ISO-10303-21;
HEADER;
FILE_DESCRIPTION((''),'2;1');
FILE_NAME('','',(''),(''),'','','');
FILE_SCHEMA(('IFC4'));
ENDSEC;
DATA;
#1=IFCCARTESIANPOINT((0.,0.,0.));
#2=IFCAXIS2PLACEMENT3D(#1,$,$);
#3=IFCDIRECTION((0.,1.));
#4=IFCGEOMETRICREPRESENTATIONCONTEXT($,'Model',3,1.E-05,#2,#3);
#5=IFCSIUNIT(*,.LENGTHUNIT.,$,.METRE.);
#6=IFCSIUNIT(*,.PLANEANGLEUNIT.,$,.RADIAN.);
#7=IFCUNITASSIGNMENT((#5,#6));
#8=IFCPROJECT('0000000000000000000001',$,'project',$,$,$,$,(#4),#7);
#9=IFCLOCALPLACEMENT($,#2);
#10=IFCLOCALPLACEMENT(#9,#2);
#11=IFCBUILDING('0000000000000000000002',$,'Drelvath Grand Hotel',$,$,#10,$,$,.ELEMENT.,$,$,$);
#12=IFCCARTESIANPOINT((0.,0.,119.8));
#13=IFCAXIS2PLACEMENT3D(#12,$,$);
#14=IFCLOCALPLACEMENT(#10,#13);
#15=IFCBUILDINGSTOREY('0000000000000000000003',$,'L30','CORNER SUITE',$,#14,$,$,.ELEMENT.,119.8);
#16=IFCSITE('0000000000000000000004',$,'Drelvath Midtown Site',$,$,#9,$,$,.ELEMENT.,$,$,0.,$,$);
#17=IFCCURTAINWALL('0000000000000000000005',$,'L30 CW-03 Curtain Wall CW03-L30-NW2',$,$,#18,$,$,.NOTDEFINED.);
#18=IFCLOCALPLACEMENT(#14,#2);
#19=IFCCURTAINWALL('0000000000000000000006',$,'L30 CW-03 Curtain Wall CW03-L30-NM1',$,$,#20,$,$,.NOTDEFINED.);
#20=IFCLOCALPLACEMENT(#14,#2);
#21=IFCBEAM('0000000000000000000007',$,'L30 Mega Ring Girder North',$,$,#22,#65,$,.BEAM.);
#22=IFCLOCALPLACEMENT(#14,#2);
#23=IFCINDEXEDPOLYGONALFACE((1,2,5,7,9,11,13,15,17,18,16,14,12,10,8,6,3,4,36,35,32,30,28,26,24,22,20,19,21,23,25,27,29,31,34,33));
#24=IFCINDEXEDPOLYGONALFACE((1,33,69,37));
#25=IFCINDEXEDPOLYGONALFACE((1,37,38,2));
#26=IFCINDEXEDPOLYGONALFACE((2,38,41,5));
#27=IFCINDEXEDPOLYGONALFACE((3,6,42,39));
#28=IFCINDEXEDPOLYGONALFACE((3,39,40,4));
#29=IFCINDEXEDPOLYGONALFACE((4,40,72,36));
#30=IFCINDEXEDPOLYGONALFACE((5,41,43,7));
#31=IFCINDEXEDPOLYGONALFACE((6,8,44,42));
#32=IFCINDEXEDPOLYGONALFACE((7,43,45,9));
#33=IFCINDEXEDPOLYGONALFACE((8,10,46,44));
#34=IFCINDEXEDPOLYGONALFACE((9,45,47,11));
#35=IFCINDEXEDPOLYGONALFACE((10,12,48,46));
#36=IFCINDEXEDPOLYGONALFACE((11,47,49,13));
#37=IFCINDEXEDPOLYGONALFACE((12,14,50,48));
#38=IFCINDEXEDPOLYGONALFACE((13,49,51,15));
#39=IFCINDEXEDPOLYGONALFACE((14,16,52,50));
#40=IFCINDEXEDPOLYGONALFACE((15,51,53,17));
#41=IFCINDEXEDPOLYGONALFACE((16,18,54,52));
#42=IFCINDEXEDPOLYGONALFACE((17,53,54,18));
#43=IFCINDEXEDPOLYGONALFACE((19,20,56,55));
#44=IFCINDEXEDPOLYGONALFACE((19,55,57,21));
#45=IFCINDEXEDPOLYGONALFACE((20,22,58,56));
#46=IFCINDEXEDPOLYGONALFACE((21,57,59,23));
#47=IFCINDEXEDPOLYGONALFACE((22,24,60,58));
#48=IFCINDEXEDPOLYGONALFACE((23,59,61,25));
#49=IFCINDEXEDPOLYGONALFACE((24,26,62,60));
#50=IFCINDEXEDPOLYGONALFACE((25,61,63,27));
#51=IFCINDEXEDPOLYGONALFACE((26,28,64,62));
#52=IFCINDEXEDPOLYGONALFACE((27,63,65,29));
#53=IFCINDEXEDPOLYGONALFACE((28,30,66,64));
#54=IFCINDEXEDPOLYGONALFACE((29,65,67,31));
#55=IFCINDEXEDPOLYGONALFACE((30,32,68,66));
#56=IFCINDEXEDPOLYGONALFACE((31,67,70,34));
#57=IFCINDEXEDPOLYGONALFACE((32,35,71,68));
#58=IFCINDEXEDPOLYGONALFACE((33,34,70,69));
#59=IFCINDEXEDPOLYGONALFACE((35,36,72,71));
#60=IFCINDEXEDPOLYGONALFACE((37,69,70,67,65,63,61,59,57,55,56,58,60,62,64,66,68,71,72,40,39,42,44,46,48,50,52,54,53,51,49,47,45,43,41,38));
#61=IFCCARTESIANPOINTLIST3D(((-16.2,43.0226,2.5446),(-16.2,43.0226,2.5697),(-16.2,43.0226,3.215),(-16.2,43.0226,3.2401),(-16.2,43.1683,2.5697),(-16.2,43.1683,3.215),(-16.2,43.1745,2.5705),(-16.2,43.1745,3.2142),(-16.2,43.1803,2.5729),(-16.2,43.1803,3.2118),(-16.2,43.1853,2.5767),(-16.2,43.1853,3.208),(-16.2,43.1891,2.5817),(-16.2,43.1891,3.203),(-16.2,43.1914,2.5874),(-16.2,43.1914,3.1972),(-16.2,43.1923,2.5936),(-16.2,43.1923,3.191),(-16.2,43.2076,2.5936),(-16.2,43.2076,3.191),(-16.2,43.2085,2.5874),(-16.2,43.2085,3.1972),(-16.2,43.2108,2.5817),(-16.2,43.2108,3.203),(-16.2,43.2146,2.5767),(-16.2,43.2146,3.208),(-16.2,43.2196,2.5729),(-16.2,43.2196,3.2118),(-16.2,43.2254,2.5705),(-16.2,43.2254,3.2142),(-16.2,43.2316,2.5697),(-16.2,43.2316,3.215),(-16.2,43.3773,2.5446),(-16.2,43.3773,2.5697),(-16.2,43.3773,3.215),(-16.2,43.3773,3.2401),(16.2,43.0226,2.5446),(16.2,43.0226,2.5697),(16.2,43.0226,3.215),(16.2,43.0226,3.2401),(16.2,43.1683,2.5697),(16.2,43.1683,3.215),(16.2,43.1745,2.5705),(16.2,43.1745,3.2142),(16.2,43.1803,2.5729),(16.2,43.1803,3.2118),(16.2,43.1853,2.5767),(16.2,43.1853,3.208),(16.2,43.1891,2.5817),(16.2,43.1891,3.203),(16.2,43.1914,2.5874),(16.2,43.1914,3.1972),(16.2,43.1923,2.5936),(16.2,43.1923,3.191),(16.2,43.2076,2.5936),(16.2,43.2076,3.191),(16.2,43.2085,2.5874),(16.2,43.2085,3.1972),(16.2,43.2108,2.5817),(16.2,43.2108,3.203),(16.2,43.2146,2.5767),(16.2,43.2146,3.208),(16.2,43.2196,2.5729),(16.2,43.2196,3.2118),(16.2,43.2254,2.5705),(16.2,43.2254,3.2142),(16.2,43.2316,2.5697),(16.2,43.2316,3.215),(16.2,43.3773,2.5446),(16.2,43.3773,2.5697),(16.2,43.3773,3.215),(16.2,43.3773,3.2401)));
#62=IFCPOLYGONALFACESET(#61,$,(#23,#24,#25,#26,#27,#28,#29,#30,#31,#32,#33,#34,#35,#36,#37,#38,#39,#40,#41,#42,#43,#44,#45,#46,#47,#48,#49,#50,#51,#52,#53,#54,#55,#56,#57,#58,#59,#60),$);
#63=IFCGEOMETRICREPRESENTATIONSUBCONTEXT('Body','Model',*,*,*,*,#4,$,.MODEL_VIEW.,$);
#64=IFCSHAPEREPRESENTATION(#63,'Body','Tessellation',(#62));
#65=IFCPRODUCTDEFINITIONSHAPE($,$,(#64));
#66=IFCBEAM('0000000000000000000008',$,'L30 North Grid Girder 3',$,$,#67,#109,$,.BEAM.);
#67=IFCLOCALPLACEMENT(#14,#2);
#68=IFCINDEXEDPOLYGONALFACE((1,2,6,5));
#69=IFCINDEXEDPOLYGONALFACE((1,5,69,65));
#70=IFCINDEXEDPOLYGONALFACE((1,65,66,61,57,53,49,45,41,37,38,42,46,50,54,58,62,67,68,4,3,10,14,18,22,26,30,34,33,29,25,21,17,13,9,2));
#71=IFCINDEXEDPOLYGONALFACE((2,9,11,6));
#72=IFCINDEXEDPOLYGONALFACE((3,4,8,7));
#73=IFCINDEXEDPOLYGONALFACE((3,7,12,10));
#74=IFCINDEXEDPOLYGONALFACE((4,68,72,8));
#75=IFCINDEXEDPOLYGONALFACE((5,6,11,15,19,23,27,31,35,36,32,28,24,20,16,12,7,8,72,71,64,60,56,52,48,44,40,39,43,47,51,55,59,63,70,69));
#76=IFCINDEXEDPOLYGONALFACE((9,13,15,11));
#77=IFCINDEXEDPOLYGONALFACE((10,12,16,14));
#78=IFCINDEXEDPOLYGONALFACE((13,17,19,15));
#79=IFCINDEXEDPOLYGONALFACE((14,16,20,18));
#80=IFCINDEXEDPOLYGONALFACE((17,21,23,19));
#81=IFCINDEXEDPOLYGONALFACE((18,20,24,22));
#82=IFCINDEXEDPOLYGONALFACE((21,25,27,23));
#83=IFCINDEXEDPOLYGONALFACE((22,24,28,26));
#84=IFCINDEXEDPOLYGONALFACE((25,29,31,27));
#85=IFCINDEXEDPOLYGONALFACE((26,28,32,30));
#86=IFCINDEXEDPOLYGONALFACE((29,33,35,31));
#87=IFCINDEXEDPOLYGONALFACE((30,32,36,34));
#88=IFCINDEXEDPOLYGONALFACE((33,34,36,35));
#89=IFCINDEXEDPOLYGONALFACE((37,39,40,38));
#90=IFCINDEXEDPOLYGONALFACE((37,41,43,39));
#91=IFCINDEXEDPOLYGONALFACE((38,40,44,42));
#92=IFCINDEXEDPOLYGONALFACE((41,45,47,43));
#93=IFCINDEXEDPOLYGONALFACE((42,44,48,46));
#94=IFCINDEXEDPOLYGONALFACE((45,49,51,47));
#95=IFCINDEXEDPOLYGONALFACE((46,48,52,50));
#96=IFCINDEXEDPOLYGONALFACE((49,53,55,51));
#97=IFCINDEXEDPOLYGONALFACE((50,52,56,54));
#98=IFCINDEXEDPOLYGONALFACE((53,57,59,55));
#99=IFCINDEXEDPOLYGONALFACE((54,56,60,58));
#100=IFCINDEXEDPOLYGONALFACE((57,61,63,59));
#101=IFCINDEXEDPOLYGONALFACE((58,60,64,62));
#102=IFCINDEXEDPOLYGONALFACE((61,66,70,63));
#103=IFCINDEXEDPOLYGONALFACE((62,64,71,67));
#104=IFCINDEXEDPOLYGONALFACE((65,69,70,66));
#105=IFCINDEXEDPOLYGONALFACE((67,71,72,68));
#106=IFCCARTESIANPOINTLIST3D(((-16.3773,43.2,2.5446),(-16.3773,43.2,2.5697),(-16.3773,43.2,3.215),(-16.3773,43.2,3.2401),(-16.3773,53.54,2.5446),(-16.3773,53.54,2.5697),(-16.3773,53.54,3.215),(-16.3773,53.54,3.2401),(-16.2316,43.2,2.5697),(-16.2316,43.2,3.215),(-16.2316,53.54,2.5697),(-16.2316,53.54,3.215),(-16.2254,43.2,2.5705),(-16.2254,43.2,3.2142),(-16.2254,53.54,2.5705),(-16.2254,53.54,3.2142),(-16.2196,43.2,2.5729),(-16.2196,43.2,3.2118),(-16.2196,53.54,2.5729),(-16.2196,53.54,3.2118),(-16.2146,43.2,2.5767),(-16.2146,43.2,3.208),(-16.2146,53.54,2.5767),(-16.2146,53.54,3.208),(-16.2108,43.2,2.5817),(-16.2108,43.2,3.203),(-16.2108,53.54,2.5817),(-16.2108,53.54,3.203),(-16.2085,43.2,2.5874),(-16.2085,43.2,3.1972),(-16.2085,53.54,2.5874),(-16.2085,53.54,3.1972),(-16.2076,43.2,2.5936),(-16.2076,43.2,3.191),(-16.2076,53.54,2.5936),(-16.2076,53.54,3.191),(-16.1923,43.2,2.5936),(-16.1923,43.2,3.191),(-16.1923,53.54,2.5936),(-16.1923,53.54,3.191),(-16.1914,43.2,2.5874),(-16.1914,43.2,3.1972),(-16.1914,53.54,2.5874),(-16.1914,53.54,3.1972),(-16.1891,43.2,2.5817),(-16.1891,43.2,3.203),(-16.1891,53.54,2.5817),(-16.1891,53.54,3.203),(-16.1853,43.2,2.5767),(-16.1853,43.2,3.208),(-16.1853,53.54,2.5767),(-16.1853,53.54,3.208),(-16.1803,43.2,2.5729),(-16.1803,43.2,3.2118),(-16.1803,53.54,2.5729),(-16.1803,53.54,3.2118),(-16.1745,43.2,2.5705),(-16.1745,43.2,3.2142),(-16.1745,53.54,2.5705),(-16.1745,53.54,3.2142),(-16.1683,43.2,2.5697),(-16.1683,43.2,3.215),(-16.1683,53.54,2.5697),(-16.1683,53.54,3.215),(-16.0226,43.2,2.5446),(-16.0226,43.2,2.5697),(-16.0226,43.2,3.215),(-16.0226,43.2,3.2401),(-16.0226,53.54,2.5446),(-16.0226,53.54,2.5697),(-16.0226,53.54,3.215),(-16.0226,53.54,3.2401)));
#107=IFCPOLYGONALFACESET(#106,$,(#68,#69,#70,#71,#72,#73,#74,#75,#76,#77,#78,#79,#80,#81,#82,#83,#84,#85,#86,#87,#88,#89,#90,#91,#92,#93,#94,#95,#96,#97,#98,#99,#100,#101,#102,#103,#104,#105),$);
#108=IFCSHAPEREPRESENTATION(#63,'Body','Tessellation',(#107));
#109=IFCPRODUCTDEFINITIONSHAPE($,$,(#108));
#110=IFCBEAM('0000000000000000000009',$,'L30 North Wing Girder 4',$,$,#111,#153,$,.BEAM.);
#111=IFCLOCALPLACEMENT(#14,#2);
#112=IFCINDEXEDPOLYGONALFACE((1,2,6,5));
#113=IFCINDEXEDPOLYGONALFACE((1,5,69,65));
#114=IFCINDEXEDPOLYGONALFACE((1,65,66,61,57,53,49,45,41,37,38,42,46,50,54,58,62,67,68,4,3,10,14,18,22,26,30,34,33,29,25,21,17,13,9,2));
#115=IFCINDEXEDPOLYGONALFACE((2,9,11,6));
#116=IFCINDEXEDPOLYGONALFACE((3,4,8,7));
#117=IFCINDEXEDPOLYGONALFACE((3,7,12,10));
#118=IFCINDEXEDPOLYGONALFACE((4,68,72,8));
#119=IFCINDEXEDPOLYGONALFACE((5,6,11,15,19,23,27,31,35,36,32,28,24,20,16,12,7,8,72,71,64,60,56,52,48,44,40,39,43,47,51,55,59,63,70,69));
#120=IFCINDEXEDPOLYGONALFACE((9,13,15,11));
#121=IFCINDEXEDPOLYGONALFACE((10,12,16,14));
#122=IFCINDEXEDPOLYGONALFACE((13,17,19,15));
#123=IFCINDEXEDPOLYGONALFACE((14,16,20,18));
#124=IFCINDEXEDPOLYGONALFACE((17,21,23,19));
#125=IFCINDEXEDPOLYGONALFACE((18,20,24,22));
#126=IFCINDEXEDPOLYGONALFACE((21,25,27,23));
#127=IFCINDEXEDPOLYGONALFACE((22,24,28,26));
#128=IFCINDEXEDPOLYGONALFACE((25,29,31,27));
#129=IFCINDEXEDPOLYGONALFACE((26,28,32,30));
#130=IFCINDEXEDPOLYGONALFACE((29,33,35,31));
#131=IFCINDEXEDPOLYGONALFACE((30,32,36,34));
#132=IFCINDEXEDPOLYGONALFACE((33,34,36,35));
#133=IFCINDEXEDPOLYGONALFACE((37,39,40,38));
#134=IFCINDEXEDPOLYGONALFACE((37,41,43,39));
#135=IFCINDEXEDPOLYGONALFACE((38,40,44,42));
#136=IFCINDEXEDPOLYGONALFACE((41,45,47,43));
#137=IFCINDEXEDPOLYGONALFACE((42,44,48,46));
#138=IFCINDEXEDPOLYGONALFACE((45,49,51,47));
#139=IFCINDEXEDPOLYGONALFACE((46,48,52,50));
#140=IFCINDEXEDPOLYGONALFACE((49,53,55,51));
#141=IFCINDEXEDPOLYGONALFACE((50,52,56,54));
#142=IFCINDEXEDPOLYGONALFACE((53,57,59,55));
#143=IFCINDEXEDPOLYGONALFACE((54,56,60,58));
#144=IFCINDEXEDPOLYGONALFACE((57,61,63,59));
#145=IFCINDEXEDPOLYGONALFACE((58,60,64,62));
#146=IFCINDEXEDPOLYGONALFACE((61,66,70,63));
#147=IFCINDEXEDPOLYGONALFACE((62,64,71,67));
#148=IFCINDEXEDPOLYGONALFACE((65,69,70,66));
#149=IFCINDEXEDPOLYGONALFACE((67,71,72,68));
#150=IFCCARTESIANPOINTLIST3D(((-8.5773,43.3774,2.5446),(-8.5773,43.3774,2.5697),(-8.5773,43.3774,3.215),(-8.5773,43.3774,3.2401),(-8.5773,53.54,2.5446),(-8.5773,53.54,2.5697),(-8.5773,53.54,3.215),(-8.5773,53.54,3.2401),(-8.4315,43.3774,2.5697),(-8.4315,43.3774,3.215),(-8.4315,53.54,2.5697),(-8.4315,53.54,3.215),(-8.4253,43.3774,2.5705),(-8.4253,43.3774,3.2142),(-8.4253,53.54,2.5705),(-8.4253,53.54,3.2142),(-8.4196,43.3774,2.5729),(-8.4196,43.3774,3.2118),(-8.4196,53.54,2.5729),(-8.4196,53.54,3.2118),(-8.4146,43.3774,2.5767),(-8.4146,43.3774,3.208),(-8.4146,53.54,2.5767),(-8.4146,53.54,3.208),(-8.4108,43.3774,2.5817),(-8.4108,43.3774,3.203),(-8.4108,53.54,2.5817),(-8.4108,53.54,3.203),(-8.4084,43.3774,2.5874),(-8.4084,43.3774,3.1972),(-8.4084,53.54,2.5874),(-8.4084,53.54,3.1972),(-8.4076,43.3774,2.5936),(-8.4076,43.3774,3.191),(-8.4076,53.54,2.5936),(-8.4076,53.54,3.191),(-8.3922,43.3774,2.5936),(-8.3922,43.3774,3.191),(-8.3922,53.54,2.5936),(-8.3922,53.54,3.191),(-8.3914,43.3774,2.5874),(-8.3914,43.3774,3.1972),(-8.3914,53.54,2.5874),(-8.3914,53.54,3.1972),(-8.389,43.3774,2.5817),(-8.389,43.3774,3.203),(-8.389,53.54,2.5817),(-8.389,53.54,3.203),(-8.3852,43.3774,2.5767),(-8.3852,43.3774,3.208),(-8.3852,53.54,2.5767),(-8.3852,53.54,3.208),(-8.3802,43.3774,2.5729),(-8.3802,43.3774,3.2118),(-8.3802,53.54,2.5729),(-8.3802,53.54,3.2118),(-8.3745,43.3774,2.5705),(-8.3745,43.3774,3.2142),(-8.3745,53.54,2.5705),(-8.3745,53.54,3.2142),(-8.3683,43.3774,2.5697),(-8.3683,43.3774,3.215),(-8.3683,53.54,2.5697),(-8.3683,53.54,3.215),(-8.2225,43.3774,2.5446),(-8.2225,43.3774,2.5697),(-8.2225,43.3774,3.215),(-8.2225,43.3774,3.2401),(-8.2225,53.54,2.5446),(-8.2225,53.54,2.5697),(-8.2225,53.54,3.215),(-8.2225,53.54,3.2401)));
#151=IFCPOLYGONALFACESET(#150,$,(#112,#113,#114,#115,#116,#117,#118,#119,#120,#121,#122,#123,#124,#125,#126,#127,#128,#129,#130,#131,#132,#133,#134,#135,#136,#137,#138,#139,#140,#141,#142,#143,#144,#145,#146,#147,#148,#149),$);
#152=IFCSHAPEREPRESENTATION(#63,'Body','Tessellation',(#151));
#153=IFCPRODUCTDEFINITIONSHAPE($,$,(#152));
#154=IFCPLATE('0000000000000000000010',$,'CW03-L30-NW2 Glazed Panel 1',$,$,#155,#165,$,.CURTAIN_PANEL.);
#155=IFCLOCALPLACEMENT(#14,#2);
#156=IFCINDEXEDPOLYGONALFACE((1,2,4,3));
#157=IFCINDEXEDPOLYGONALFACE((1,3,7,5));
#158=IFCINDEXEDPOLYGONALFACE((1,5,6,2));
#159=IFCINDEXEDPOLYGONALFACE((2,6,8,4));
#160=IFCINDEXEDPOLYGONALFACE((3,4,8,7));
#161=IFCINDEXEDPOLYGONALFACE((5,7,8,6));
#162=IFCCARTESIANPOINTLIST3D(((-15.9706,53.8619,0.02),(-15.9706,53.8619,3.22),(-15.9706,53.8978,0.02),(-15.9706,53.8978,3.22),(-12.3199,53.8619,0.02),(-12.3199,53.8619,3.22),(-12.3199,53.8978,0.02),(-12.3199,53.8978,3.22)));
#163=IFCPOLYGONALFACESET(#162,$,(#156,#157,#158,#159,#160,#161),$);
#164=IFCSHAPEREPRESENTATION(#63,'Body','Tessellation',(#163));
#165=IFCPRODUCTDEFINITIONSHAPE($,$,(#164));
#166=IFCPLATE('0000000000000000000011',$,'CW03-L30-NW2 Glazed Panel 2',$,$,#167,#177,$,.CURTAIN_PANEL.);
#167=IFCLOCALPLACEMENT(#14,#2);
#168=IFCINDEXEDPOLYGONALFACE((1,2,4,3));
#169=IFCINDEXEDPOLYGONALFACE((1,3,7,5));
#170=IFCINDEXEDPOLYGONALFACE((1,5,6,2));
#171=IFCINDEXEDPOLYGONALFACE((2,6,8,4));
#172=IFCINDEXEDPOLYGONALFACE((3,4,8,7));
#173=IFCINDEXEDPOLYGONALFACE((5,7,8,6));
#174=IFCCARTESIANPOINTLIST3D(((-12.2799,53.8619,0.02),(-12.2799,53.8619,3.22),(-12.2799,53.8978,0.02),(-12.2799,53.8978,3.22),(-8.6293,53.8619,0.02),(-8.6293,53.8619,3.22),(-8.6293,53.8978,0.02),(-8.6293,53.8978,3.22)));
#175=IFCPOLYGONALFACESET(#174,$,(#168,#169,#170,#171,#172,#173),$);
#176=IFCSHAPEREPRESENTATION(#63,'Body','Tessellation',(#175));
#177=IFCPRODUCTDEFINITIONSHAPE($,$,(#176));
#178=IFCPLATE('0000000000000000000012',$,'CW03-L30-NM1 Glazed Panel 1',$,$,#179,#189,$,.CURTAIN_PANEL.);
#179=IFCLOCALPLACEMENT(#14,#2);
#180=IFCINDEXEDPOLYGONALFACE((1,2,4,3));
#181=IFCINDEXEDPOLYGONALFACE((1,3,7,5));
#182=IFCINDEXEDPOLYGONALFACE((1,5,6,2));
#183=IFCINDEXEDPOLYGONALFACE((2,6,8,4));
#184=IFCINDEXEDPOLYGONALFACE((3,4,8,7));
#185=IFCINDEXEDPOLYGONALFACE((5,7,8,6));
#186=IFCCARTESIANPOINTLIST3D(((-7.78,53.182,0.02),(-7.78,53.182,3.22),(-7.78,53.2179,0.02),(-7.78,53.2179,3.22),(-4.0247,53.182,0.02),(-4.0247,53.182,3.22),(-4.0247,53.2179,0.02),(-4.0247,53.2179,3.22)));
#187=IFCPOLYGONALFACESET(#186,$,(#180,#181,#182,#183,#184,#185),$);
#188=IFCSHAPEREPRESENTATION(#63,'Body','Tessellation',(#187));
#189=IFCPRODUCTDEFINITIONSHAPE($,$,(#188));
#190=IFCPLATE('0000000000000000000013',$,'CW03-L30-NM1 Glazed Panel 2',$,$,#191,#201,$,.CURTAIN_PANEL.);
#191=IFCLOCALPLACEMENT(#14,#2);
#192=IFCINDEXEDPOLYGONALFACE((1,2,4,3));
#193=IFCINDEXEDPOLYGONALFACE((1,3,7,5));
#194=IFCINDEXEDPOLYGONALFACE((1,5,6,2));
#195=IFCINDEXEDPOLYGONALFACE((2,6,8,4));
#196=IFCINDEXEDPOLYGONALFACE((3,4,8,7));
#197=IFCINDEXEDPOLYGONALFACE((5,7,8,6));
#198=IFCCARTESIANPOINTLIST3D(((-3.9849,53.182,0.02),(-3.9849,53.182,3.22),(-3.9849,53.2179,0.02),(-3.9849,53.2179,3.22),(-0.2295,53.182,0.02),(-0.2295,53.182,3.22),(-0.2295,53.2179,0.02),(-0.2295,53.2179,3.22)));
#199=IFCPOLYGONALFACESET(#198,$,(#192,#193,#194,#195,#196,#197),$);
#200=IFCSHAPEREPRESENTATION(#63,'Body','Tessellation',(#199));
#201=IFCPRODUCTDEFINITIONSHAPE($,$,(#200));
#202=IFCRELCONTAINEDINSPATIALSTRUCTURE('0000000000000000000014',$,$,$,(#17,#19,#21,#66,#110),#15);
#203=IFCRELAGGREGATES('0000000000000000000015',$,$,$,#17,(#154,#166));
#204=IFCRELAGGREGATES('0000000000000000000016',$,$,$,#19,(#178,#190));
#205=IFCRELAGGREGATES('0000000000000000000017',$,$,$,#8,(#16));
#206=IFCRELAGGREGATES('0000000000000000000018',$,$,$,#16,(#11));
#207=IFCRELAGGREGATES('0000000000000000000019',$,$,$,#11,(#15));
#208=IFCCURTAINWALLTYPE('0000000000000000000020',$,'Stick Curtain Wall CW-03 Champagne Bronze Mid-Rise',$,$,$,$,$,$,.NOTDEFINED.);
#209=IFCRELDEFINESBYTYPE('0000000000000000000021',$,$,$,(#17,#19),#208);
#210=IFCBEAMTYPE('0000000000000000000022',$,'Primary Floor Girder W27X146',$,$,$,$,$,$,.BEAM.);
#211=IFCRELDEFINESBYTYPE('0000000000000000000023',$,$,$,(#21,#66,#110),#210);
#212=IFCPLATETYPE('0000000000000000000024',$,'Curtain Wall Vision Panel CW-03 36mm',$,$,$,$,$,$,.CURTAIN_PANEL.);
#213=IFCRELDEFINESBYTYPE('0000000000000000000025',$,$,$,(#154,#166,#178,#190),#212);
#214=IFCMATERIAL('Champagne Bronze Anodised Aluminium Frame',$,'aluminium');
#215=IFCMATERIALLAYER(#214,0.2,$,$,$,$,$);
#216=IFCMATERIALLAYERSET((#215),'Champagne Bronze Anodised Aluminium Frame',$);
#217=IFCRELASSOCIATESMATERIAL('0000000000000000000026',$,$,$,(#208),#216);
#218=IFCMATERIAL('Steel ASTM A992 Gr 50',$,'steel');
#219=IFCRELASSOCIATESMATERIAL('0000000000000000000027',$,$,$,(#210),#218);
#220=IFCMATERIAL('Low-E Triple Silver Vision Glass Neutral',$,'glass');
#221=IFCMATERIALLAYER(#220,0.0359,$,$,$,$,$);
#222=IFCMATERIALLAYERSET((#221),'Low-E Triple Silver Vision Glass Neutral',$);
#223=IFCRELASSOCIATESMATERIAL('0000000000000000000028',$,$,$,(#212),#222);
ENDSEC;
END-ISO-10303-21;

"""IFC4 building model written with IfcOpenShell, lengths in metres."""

from ifc_helpers import new_model, si_unit, direction, frame, origin, origin_2d, place, context, subcontext, project, spatial, rectangle, i_section, extrude, material, layer, layer_set, material_profile, profile_set, type_object, element, aggregate, save


model = new_model("IFC4")

# Units and contexts
model_context = context("Model", 3, precision=1e-05, world=origin(), true_north=direction((0.0, 1.0)))
body_context = subcontext(model_context, "Body", "Model", "MODEL_VIEW")
ifc_project = project(units=[si_unit("LENGTHUNIT", "METRE"), si_unit("PLANEANGLEUNIT", "RADIAN")], contexts=[model_context])

# Site, building, storey
site_placement = place(None, origin())
site = spatial("IfcSite", under=ifc_project, at=site_placement, Name="Drelvath Midtown Site", CompositionType="ELEMENT", RefElevation=0.0)
building_placement = place(site_placement, origin())
building = spatial("IfcBuilding", under=site, at=building_placement, Name="Drelvath Grand Hotel", CompositionType="ELEMENT")
storey_placement = place(building_placement, frame((0.0, 0.0, 119.8)))
storey = spatial("IfcBuildingStorey", under=building, at=storey_placement, Name="L30", Description="CORNER SUITE", CompositionType="ELEMENT", Elevation=119.8)

# Curtain walls
ifc_material_1 = material(Name="Champagne Bronze Anodised Aluminium Frame", Category="aluminium")
ifc_layer_1 = layer(ifc_material_1, 0.2)
ifc_layer_set_1 = layer_set([ifc_layer_1], Name="Champagne Bronze Anodised Aluminium Frame")
curtain_wall_type = type_object("IfcCurtainWallType", Name="Stick Curtain Wall CW-03 Champagne Bronze Mid-Rise", PredefinedType="NOTDEFINED", material=ifc_layer_set_1)
curtain_wall_1_placement = place(storey_placement, origin())
curtain_wall_1 = element("IfcCurtainWall", 1, at=curtain_wall_1_placement, inside=storey, type_object=curtain_wall_type, Name="L30 CW-03 Curtain Wall CW03-L30-NW2", PredefinedType="NOTDEFINED")
curtain_wall_2_placement = place(storey_placement, origin())
curtain_wall_2 = element("IfcCurtainWall", 2, at=curtain_wall_2_placement, inside=storey, type_object=curtain_wall_type, Name="L30 CW-03 Curtain Wall CW03-L30-NM1", PredefinedType="NOTDEFINED")

# Beams
ifc_material_2 = material(Name="Steel ASTM A992 Gr 50", Category="steel")
ifc_material_profile_1 = material_profile(ifc_material_2, i_section(OverallWidth=0.3547, OverallDepth=0.6956, WebThickness=0.0154, FlangeThickness=0.0251, FilletRadius=0.0239, at=origin_2d()), Name="W27X146")
ifc_profile_set_1 = profile_set([ifc_material_profile_1], Name="Steel ASTM A992 Gr 50")
beam_type_1 = type_object("IfcBeamType", Name="Primary Floor Girder W27X146", PredefinedType="BEAM", material=ifc_profile_set_1)
beam_1_placement = place(storey_placement, frame((-16.2, 43.2, 2.8923), z_axis=(1.0, 0.0, 0.0), x_axis=(0.0, 1.0, 0.0)))
element("IfcBeam", 3, at=beam_1_placement, inside=storey, type_object=beam_type_1, Name="L30 Mega Ring Girder North", PredefinedType="BEAM", context=body_context, shape_type="SweptSolid", body=[
    extrude(i_section(OverallWidth=0.3547, OverallDepth=0.6956, WebThickness=0.0154, FlangeThickness=0.0251, FilletRadius=0.0239, at=origin_2d()), origin(), (0.0, 0.0, 1.0), 32.3999),
])
beam_2_placement = place(storey_placement, frame((-16.2, 43.2, 2.8923), z_axis=(0.0, 1.0, 0.0), x_axis=(-1.0, 0.0, 0.0)))
element("IfcBeam", 4, at=beam_2_placement, inside=storey, type_object=beam_type_1, Name="L30 North Grid Girder 3", PredefinedType="BEAM", context=body_context, shape_type="SweptSolid", body=[
    extrude(i_section(OverallWidth=0.3547, OverallDepth=0.6956, WebThickness=0.0154, FlangeThickness=0.0251, FilletRadius=0.0239, at=origin_2d()), origin(), (0.0, 0.0, 1.0), 10.3401),
])
beam_3_placement = place(storey_placement, frame((-8.3999, 43.3774, 2.8923), z_axis=(0.0, 1.0, 0.0), x_axis=(-1.0, 0.0, 0.0)))
element("IfcBeam", 5, at=beam_3_placement, inside=storey, type_object=beam_type_1, Name="L30 North Wing Girder 4", PredefinedType="BEAM", context=body_context, shape_type="SweptSolid", body=[
    extrude(i_section(OverallWidth=0.3547, OverallDepth=0.6956, WebThickness=0.0154, FlangeThickness=0.0251, FilletRadius=0.0239, at=origin_2d()), origin(), (0.0, 0.0, 1.0), 10.1626),
])

# Plates
ifc_material_3 = material(Name="Low-E Triple Silver Vision Glass Neutral", Category="glass")
ifc_layer_2 = layer(ifc_material_3, 0.0359)
ifc_layer_set_2 = layer_set([ifc_layer_2], Name="Low-E Triple Silver Vision Glass Neutral")
plate_type = type_object("IfcPlateType", Name="Curtain Wall Vision Panel CW-03 36mm", PredefinedType="CURTAIN_PANEL", material=ifc_layer_set_2)
plate_1_placement = place(storey_placement, frame((-14.1453, 53.8799, 0.02), z_axis=(0.0, 0.0, 1.0), x_axis=(1.0, 0.0, 0.0)))
plate_1 = element("IfcPlate", 6, at=plate_1_placement, type_object=plate_type, Name="CW03-L30-NW2 Glazed Panel 1", PredefinedType="CURTAIN_PANEL", context=body_context, shape_type="SweptSolid", body=[
    extrude(rectangle(XDim=3.6506, YDim=0.0359, at=origin_2d()), origin(), (0.0, 0.0, 1.0), 3.2),
])
plate_2_placement = place(storey_placement, frame((-10.4546, 53.8799, 0.02), z_axis=(0.0, 0.0, 1.0), x_axis=(1.0, 0.0, 0.0)))
plate_2 = element("IfcPlate", 7, at=plate_2_placement, type_object=plate_type, Name="CW03-L30-NW2 Glazed Panel 2", PredefinedType="CURTAIN_PANEL", context=body_context, shape_type="SweptSolid", body=[
    extrude(rectangle(XDim=3.6506, YDim=0.0359, at=origin_2d()), origin(), (0.0, 0.0, 1.0), 3.2),
])
aggregate(curtain_wall_1, [plate_1, plate_2])
plate_3_placement = place(storey_placement, frame((-5.9023, 53.2, 0.02), z_axis=(0.0, 0.0, 1.0), x_axis=(1.0, 0.0, 0.0)))
plate_3 = element("IfcPlate", 8, at=plate_3_placement, type_object=plate_type, Name="CW03-L30-NM1 Glazed Panel 1", PredefinedType="CURTAIN_PANEL", context=body_context, shape_type="SweptSolid", body=[
    extrude(rectangle(XDim=3.7554, YDim=0.0359, at=origin_2d()), origin(), (0.0, 0.0, 1.0), 3.2),
])
plate_4_placement = place(storey_placement, frame((-2.1072, 53.2, 0.02), z_axis=(0.0, 0.0, 1.0), x_axis=(1.0, 0.0, 0.0)))
plate_4 = element("IfcPlate", 9, at=plate_4_placement, type_object=plate_type, Name="CW03-L30-NM1 Glazed Panel 2", PredefinedType="CURTAIN_PANEL", context=body_context, shape_type="SweptSolid", body=[
    extrude(rectangle(XDim=3.7554, YDim=0.0359, at=origin_2d()), origin(), (0.0, 0.0, 1.0), 3.2),
])
aggregate(curtain_wall_2, [plate_3, plate_4])

save(model, "model.ifc")
